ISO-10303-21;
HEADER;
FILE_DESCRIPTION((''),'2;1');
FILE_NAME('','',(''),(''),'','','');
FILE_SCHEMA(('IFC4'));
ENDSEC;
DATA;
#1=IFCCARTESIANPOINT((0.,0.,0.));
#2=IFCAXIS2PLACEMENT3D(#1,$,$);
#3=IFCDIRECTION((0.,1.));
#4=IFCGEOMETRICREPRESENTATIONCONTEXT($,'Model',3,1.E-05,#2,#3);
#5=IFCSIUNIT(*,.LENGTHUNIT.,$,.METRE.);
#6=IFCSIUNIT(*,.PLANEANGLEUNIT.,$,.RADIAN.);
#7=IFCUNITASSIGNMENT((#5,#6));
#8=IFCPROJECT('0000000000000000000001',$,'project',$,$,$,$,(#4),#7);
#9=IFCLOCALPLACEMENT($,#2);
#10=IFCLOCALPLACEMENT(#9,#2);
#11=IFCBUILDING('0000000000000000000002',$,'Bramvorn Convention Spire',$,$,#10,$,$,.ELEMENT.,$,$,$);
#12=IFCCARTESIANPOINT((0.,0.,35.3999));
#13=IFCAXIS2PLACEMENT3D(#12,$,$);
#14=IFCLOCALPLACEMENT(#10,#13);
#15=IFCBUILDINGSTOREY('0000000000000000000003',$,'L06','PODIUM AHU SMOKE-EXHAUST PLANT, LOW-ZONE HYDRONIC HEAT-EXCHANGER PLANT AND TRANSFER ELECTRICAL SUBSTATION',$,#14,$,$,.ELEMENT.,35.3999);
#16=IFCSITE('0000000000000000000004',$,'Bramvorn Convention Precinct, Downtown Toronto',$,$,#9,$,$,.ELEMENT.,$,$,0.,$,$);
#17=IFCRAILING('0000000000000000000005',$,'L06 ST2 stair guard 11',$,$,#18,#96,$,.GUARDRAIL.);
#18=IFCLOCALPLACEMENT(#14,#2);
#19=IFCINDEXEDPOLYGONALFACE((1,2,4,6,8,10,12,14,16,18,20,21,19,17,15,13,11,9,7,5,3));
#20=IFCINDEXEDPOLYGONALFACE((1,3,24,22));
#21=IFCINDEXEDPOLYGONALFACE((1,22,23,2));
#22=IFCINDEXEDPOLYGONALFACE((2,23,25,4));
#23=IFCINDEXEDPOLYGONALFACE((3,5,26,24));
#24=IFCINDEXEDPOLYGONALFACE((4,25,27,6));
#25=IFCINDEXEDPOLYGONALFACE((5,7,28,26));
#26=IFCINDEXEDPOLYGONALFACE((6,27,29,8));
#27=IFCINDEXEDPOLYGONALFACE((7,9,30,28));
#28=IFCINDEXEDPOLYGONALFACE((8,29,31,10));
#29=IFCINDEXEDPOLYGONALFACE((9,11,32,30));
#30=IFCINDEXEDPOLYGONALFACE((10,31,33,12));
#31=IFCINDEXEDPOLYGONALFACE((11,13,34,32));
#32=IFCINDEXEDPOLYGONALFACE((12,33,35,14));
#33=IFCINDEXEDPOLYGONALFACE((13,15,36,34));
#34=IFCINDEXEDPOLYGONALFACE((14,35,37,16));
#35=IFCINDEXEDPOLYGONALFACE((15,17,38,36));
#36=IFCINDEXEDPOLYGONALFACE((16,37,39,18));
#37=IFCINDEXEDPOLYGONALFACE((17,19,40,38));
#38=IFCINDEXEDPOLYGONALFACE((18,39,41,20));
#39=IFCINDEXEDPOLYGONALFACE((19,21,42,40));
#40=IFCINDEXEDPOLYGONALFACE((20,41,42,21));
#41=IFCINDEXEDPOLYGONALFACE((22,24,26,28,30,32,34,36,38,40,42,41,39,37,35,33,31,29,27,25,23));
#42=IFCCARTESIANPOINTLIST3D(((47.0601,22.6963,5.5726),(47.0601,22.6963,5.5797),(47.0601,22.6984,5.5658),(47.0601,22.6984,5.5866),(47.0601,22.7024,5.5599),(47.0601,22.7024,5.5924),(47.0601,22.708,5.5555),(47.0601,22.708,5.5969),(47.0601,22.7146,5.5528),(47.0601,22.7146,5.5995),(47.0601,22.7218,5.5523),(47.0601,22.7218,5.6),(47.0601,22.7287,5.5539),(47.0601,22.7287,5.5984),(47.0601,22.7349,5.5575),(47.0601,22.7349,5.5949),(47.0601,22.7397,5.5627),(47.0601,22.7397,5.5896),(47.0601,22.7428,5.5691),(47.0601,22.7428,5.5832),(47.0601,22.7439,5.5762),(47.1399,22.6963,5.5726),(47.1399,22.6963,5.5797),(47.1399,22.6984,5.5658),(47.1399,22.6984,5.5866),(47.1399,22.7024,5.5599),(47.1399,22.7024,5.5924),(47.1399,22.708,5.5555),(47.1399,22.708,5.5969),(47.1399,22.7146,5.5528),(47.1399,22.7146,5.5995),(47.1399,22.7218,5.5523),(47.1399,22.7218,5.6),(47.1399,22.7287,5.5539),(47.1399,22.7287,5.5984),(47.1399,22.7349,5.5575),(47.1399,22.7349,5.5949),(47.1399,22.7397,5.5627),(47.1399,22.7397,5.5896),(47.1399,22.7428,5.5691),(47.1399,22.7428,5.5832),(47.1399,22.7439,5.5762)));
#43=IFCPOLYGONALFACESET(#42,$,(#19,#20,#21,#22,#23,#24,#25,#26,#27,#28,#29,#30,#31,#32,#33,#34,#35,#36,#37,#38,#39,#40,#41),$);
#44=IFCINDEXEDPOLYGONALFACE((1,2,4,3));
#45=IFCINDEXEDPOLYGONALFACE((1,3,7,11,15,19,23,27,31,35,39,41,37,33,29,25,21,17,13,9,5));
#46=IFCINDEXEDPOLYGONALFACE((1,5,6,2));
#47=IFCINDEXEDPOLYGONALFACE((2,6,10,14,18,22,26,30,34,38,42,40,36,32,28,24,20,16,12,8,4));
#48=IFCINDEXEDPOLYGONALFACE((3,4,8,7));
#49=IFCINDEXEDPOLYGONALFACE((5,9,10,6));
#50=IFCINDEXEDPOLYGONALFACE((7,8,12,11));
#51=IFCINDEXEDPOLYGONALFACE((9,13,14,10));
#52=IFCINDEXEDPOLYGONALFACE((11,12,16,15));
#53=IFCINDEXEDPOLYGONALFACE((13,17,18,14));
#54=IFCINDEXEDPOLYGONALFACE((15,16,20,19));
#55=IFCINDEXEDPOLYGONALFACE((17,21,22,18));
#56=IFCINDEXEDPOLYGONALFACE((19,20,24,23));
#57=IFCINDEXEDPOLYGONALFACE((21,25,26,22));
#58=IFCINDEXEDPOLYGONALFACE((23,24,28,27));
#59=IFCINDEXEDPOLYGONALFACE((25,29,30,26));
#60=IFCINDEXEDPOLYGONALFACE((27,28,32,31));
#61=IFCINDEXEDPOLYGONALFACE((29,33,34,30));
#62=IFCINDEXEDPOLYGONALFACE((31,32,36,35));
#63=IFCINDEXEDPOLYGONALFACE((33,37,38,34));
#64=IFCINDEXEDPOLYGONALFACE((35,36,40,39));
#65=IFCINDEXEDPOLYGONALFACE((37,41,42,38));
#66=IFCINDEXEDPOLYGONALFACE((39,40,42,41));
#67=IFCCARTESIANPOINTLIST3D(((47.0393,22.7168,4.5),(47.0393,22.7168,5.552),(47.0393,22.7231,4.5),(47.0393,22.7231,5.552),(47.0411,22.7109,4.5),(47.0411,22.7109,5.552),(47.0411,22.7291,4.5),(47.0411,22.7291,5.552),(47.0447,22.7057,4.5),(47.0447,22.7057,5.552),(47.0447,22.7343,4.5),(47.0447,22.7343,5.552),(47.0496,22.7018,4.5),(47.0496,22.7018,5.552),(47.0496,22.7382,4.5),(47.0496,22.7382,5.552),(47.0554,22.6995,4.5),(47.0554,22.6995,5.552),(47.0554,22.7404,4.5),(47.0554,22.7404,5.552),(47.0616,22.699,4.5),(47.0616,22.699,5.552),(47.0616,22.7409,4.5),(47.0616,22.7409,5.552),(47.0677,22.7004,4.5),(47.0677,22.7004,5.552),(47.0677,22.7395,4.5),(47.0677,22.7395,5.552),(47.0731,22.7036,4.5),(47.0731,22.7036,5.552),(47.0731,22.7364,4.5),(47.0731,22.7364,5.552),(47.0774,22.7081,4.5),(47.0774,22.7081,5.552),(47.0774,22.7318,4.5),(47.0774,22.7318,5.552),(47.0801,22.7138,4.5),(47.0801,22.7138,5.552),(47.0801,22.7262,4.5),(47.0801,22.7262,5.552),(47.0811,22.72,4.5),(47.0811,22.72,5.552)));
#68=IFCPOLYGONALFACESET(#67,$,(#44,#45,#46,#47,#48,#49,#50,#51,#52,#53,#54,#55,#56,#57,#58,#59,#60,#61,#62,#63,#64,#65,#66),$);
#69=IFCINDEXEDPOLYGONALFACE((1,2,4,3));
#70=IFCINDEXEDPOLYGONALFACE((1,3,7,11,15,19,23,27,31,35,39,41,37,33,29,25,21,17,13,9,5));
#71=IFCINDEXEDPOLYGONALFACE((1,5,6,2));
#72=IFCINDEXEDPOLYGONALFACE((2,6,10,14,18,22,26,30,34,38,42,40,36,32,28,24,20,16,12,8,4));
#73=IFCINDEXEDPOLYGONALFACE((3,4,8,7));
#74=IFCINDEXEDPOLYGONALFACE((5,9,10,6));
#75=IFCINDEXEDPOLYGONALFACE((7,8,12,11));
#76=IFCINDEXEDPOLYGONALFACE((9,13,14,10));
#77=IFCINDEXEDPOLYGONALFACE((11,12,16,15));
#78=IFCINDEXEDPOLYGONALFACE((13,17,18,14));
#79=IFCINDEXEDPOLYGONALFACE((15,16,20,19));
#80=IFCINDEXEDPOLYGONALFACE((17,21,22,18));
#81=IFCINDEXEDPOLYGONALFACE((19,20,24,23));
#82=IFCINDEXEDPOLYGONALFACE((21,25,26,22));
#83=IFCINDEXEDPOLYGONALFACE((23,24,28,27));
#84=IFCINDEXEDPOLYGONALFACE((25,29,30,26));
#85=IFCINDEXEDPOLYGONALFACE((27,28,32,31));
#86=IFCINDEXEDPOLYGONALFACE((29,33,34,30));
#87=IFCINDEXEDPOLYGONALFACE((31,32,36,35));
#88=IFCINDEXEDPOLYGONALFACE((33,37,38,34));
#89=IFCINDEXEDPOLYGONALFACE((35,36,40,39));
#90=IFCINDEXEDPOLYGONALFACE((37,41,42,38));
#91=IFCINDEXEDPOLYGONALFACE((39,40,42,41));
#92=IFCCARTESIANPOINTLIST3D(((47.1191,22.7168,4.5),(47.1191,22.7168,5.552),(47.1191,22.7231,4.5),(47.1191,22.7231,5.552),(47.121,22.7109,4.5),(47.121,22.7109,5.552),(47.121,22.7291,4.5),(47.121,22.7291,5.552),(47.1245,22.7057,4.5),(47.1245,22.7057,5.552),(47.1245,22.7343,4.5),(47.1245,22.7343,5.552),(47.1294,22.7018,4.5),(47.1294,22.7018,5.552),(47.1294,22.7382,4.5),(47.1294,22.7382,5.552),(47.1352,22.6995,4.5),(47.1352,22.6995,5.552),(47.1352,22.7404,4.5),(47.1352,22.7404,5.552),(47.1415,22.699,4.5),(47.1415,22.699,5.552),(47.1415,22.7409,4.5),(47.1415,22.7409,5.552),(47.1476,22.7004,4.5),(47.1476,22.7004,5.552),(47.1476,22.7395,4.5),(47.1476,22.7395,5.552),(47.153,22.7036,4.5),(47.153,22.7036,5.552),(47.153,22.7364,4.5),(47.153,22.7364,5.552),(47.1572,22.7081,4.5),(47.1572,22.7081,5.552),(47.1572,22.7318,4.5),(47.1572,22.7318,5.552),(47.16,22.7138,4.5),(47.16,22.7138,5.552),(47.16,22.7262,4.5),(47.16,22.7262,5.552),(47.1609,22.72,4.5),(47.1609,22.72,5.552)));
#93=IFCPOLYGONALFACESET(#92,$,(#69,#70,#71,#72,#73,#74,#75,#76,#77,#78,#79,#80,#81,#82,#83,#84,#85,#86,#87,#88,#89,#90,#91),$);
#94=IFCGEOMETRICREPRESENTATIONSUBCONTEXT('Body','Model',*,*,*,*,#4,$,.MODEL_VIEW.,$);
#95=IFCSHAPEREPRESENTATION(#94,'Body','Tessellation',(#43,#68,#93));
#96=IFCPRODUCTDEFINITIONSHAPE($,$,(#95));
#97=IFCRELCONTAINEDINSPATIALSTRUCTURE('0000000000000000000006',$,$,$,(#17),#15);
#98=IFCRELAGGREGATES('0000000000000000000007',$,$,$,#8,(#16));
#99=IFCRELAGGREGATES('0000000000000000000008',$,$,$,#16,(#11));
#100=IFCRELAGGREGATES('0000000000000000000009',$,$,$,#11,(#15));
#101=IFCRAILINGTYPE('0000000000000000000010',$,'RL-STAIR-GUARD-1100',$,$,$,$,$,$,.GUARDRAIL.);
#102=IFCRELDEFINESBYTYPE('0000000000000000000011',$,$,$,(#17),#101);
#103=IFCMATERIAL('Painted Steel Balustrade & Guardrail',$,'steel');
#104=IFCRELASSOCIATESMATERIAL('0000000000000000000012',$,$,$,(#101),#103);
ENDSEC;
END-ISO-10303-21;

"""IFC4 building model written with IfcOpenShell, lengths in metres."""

from ifc_helpers import new_model, si_unit, direction, frame, origin, origin_2d, place, context, subcontext, project, spatial, circle, extrude, material, type_object, element, save


model = new_model("IFC4")

# Units and contexts
model_context = context("Model", 3, precision=1e-05, world=origin(), true_north=direction((0.0, 1.0)))
body_context = subcontext(model_context, "Body", "Model", "MODEL_VIEW")
ifc_project = project(units=[si_unit("LENGTHUNIT", "METRE"), si_unit("PLANEANGLEUNIT", "RADIAN")], contexts=[model_context])

# Site, building, storey
site_placement = place(None, origin())
site = spatial("IfcSite", under=ifc_project, at=site_placement, Name="Bramvorn Convention Precinct, Downtown Toronto", CompositionType="ELEMENT", RefElevation=0.0)
building_placement = place(site_placement, origin())
building = spatial("IfcBuilding", under=site, at=building_placement, Name="Bramvorn Convention Spire", CompositionType="ELEMENT")
storey_placement = place(building_placement, frame((0.0, 0.0, 35.3999)))
storey = spatial("IfcBuildingStorey", under=building, at=storey_placement, Name="L06", Description="PODIUM AHU SMOKE-EXHAUST PLANT, LOW-ZONE HYDRONIC HEAT-EXCHANGER PLANT AND TRANSFER ELECTRICAL SUBSTATION", CompositionType="ELEMENT", Elevation=35.3999)

# Railing
ifc_material_1 = material(Name="Painted Steel Balustrade & Guardrail", Category="steel")
railing_type_1 = type_object("IfcRailingType", Name="RL-STAIR-GUARD-1100", PredefinedType="GUARDRAIL", material=ifc_material_1)
railing_1_placement = place(storey_placement, frame((47.0601, 22.72, 4.5)))
element("IfcRailing", 1, at=railing_1_placement, inside=storey, type_object=railing_type_1, Name="L06 ST2 stair guard 11", PredefinedType="GUARDRAIL", context=body_context, shape_type="SweptSolid", body=[
    extrude(circle(Radius=0.0239, at=origin_2d()), frame((0.0, 0.0, 1.0762), z_axis=(1.0, 0.0, 0.0), x_axis=(0.0, 1.0, 0.0)), (0.0, 0.0, 1.0), 0.0798),
    extrude(circle(Radius=0.021, at=origin_2d()), origin(), (0.0, 0.0, 1.0), 1.052),
    extrude(circle(Radius=0.021, at=origin_2d()), frame((0.0798, 0.0, 0.0)), (0.0, 0.0, 1.0), 1.052),
])

save(model, "model.ifc")
